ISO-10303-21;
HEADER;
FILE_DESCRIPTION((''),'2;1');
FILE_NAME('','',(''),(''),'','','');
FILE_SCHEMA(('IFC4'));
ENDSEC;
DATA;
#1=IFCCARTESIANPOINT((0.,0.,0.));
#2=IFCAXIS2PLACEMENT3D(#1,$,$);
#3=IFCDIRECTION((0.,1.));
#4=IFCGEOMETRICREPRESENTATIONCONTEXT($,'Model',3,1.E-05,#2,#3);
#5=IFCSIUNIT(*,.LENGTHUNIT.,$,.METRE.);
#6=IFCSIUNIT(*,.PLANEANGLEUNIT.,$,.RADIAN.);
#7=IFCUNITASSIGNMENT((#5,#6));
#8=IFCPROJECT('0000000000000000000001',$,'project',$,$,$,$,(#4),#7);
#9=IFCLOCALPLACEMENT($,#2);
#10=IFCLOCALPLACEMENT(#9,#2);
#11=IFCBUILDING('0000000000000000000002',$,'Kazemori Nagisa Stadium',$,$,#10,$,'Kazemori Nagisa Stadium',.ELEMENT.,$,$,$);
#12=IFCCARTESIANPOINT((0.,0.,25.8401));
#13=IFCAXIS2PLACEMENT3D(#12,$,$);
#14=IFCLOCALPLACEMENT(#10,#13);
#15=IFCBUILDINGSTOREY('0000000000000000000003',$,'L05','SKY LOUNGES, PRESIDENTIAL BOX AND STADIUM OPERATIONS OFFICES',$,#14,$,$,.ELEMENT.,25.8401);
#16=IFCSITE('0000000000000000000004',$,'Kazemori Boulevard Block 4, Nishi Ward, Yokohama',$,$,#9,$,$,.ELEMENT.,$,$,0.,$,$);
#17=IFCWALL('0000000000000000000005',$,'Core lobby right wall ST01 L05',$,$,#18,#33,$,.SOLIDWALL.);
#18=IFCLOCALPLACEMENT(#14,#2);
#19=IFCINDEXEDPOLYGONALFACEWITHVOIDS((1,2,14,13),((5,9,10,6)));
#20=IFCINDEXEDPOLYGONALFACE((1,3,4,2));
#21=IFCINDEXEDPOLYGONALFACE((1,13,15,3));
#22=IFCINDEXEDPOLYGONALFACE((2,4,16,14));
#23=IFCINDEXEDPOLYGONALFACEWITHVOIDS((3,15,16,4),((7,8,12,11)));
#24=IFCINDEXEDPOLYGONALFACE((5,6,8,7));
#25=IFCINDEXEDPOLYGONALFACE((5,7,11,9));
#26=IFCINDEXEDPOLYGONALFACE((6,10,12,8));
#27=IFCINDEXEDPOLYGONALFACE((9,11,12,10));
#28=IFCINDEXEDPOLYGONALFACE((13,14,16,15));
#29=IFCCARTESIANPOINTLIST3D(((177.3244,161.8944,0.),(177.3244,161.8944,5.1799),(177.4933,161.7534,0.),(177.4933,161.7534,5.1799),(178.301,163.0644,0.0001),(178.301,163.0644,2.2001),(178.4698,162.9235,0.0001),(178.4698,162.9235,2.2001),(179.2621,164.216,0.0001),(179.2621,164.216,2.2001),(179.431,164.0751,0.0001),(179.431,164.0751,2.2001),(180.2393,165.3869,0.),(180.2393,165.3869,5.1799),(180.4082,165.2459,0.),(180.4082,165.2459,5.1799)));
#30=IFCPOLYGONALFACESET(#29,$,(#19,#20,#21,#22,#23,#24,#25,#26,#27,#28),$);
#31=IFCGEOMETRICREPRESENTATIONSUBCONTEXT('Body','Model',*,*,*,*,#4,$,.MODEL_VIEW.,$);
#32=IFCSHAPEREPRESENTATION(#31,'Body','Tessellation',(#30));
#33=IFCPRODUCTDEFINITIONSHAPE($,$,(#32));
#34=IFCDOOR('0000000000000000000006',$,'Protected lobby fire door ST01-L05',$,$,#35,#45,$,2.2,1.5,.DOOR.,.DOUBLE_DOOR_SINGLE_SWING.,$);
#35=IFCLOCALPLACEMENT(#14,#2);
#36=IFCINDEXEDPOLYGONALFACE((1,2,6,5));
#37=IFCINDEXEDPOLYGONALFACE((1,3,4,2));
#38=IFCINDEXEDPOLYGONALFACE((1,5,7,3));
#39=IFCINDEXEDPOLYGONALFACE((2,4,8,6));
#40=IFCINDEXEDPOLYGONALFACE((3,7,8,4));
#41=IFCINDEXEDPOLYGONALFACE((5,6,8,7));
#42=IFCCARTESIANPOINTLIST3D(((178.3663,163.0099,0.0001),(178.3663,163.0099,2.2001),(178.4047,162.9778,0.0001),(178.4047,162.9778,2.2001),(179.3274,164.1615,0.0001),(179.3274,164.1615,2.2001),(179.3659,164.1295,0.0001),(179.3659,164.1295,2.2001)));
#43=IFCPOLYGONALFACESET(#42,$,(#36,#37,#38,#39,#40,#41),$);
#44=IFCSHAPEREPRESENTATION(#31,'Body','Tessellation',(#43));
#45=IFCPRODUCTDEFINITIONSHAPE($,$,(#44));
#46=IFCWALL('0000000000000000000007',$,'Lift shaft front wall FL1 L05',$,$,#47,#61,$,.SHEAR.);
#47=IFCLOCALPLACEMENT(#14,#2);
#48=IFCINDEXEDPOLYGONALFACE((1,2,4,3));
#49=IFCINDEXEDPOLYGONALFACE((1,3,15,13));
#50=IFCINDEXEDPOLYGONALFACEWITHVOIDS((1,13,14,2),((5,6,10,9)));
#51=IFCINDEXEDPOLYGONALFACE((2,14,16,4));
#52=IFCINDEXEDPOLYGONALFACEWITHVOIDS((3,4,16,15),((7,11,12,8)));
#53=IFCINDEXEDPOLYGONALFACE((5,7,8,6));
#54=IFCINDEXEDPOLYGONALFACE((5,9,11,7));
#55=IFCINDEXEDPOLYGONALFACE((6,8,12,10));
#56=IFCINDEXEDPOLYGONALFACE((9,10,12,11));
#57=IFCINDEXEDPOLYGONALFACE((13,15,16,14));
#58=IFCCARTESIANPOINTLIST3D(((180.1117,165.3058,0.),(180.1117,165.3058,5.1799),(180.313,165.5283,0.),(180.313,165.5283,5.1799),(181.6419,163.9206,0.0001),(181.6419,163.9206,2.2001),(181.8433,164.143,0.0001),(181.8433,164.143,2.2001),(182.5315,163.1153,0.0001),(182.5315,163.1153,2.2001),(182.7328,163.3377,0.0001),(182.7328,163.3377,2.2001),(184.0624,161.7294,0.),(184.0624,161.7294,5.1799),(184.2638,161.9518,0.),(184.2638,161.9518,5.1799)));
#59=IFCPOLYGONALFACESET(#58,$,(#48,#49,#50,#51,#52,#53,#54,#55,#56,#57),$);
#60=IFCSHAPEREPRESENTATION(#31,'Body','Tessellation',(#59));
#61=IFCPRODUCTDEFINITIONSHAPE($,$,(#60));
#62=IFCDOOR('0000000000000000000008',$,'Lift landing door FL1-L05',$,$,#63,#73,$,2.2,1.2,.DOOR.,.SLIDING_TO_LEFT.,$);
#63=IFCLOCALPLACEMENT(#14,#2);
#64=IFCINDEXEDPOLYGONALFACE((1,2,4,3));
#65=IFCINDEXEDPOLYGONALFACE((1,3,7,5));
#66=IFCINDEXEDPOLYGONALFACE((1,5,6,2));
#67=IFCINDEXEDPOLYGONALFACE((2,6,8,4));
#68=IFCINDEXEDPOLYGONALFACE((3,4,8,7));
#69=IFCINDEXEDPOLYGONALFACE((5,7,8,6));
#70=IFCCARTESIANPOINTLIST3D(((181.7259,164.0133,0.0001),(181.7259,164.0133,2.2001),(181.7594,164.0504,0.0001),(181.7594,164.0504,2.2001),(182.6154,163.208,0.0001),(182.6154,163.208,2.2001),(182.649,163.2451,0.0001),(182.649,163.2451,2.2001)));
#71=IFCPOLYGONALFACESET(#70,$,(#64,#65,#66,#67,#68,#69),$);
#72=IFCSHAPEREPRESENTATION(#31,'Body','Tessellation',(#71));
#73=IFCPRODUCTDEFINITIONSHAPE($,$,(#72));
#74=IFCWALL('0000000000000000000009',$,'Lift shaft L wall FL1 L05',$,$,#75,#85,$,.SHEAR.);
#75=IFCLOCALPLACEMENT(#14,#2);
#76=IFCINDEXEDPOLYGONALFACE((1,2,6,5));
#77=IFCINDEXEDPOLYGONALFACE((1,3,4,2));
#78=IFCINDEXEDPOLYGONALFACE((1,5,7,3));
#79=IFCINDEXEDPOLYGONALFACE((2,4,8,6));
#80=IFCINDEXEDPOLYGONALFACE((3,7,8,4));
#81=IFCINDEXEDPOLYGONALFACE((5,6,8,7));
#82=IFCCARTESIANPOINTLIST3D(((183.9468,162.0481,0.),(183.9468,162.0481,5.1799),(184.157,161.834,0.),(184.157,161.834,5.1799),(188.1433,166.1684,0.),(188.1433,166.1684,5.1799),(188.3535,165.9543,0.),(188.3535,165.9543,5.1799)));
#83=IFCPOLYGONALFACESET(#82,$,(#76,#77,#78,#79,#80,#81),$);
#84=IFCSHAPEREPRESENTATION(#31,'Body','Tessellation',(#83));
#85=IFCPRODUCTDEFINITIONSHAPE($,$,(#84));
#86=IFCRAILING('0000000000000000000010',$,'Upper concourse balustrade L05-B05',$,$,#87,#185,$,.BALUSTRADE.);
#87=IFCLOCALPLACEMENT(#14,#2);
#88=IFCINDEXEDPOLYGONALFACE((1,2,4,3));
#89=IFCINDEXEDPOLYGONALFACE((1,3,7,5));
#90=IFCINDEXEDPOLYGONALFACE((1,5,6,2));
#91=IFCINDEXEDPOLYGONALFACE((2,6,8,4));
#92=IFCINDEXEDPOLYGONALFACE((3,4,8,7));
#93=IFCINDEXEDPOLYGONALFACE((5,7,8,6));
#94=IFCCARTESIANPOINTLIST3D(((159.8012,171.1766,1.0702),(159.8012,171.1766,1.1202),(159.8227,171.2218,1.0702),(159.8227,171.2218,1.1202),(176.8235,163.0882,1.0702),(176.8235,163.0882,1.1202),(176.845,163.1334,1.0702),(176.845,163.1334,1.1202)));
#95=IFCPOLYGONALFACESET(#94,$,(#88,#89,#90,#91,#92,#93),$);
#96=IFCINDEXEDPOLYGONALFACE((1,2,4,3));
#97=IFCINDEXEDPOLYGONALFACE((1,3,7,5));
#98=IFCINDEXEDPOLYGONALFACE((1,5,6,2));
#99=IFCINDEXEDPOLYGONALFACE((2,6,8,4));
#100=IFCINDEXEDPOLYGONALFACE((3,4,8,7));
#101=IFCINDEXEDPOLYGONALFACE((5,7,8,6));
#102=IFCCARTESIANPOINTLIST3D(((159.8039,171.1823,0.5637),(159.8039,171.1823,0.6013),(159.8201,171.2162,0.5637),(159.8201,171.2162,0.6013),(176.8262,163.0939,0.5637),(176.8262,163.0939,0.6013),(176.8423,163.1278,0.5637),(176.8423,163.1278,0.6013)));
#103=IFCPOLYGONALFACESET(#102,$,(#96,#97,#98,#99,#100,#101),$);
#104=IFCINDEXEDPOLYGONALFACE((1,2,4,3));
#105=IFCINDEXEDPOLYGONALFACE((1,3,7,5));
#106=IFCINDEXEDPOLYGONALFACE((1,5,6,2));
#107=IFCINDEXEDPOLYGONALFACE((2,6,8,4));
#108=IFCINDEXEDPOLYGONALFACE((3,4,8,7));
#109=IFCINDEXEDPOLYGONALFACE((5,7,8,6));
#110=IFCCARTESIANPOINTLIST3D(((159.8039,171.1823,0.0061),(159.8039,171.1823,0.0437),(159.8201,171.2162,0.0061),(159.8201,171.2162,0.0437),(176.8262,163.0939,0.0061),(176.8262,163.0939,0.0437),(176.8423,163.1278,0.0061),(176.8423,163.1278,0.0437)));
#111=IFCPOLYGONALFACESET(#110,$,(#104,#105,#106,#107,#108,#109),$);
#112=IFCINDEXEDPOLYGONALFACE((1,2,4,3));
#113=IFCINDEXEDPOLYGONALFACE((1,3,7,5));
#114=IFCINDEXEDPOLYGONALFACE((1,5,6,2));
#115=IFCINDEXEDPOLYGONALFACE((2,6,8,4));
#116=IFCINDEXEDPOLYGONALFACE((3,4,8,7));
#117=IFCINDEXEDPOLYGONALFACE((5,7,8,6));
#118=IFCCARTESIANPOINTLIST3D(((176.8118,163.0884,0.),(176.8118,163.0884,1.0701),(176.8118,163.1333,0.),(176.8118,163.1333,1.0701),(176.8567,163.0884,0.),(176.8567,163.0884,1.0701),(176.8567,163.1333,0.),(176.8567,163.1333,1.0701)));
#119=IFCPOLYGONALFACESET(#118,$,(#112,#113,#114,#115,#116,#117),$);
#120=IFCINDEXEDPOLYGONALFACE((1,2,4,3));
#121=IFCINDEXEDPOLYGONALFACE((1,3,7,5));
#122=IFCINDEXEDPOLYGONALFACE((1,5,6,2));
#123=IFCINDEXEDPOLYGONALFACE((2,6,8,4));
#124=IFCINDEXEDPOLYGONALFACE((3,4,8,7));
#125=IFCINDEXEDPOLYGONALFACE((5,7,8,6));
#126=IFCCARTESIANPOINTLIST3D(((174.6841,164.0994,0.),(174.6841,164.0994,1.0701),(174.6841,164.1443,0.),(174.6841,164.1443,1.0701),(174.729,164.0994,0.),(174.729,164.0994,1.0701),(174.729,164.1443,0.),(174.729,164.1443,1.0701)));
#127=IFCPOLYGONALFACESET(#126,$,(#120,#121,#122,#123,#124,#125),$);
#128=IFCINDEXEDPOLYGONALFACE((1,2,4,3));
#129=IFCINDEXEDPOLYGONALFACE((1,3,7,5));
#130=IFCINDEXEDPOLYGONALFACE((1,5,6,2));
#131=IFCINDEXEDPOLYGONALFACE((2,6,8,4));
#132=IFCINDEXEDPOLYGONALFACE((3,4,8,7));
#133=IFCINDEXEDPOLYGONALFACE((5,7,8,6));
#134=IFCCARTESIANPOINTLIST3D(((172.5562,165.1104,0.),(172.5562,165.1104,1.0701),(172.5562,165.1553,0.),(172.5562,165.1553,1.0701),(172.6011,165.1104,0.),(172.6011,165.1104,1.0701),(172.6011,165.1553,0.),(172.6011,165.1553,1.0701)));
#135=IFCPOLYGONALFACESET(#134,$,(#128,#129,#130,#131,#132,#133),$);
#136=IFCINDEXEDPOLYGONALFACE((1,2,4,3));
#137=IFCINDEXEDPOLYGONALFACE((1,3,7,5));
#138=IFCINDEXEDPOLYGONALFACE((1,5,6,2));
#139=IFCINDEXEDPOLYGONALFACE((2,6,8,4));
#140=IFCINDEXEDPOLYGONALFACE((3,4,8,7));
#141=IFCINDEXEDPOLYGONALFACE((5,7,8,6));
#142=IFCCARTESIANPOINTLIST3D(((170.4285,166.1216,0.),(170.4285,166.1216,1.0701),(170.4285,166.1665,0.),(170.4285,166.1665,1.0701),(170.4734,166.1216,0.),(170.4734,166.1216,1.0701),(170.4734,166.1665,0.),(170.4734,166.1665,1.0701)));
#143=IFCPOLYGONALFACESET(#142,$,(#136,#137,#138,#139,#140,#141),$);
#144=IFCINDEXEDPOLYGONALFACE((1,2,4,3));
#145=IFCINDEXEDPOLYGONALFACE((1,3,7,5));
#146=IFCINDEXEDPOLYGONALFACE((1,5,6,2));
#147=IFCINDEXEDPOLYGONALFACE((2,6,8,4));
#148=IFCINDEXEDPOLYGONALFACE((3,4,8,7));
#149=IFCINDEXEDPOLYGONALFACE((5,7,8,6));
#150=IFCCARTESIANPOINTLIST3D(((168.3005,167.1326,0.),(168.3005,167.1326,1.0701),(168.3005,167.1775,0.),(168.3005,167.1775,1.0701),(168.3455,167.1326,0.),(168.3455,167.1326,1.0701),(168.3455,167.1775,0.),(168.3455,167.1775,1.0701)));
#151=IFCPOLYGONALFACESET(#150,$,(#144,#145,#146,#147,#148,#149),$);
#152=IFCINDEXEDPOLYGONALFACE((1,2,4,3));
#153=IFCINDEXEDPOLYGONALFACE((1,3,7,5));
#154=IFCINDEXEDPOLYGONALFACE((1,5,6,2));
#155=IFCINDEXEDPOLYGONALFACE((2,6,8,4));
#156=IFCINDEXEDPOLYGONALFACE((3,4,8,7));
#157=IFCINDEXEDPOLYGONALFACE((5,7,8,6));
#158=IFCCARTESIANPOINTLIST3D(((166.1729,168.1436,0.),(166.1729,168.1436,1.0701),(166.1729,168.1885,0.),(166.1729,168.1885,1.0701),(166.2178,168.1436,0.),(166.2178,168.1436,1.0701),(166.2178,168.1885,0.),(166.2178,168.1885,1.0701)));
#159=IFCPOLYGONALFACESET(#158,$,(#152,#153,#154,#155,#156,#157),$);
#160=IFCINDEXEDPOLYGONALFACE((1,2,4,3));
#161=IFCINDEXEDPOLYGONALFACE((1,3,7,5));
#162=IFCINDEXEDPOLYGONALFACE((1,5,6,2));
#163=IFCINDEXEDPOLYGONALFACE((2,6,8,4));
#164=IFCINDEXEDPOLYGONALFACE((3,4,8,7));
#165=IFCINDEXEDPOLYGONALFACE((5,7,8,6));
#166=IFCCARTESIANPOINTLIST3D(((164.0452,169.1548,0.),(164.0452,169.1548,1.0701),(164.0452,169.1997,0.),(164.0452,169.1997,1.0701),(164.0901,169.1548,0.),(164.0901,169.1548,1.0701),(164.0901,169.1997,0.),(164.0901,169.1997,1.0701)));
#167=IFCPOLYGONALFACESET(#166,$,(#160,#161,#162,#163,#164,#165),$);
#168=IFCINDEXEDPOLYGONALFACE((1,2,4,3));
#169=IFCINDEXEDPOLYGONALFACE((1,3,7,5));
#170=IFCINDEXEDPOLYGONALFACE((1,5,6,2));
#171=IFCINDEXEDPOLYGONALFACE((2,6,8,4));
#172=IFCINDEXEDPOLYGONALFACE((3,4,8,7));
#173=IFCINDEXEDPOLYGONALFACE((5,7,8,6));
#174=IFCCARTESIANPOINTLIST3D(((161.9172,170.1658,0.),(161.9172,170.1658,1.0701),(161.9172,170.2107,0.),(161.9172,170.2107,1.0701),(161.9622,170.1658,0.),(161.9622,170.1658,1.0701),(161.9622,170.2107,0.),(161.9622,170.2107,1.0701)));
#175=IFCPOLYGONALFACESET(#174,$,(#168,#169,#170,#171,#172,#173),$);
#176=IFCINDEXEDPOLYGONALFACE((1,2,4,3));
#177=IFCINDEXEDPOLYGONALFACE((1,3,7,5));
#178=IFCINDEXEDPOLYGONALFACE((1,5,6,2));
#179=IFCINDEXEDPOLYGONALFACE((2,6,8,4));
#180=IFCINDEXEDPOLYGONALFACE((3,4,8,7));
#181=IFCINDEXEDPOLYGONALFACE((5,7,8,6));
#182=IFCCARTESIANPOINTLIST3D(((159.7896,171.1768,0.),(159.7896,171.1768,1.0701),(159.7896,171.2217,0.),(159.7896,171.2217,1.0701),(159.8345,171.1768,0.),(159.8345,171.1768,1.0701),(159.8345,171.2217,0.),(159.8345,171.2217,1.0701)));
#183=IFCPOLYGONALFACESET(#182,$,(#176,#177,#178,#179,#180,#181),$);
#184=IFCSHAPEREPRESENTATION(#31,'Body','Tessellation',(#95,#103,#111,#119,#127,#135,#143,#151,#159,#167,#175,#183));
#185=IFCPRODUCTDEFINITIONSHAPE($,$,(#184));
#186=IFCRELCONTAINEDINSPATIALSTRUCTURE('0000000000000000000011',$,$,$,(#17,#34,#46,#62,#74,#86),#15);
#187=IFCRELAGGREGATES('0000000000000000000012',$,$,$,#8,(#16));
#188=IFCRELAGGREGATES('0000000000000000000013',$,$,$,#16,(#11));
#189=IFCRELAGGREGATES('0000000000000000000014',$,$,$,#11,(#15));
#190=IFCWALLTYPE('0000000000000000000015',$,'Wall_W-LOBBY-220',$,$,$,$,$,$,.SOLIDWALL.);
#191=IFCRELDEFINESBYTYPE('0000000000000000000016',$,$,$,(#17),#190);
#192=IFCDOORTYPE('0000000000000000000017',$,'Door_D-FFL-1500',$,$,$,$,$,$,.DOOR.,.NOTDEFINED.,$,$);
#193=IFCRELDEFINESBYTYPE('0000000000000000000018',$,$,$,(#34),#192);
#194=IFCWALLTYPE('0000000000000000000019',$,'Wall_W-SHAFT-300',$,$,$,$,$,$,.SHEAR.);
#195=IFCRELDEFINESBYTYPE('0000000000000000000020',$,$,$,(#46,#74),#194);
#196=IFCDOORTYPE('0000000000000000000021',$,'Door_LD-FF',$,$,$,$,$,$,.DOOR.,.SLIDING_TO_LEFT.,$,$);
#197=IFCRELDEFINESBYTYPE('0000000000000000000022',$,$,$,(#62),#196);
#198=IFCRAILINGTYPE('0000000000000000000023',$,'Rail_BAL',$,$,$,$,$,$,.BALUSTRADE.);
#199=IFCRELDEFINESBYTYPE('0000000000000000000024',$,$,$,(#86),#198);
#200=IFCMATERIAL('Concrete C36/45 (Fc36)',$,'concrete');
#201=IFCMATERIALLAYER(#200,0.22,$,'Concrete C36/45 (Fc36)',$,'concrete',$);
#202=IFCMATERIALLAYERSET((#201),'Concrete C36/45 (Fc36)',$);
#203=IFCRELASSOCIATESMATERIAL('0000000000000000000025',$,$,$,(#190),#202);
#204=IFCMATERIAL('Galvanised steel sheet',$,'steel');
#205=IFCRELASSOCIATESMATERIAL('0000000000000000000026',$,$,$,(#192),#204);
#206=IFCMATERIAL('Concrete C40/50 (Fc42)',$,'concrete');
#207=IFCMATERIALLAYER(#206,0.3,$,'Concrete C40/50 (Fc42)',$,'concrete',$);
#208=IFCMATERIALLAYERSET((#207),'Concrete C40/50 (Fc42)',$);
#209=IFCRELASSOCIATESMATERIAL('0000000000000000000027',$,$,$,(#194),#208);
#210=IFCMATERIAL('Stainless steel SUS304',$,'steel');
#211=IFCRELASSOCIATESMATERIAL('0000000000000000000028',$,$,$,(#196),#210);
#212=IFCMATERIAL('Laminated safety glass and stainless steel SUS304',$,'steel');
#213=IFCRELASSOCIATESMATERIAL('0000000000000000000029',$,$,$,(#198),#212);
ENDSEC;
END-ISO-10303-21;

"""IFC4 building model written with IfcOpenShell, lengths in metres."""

from ifc_helpers import new_model, si_unit, direction, frame, frame_2d, origin, origin_2d, place, context, subcontext, project, spatial, rectangle, extrude, material, layer, layer_set, type_object, element, fill, save


model = new_model("IFC4")

# Units and contexts
model_context = context("Model", 3, precision=1e-05, world=origin(), true_north=direction((0.0, 1.0)))
body_context = subcontext(model_context, "Body", "Model", "MODEL_VIEW")
ifc_project = project(units=[si_unit("LENGTHUNIT", "METRE"), si_unit("PLANEANGLEUNIT", "RADIAN")], contexts=[model_context])

# Site, building, storey
site_placement = place(None, origin())
site = spatial("IfcSite", under=ifc_project, at=site_placement, Name="Kazemori Boulevard Block 4, Nishi Ward, Yokohama", CompositionType="ELEMENT", RefElevation=0.0)
building_placement = place(site_placement, origin())
building = spatial("IfcBuilding", under=site, at=building_placement, Name="Kazemori Nagisa Stadium", LongName="Kazemori Nagisa Stadium", CompositionType="ELEMENT")
storey_placement = place(building_placement, frame((0.0, 0.0, 25.8401)))
storey = spatial("IfcBuildingStorey", under=building, at=storey_placement, Name="L05", Description="SKY LOUNGES, PRESIDENTIAL BOX AND STADIUM OPERATIONS OFFICES", CompositionType="ELEMENT", Elevation=25.8401)

# Shared definitions
ifc_material_1 = material(Name="Concrete C40/50 (Fc42)", Category="concrete")

# Shared definitions
ifc_material_2 = material(Name="Galvanised steel sheet", Category="steel")

# Walls, openings, doors
ifc_material_3 = material(Name="Concrete C36/45 (Fc36)", Category="concrete")
ifc_layer_1 = layer(ifc_material_3, 0.22, Name="Concrete C36/45 (Fc36)", Category="concrete")
ifc_layer_set_1 = layer_set([ifc_layer_1], Name="Concrete C36/45 (Fc36)")
wall_type_1 = type_object("IfcWallType", Name="Wall_W-LOBBY-220", PredefinedType="SOLIDWALL", material=ifc_layer_set_1)
wall_1_placement = place(storey_placement, frame((177.4089, 161.824, 0.0), z_axis=(0.0, 0.0, 1.0), x_axis=(0.64076, 0.767742, 0.0)))
wall_1 = element("IfcWall", 1, at=wall_1_placement, inside=storey, type_object=wall_type_1, Name="Core lobby right wall ST01 L05", PredefinedType="SOLIDWALL", context=body_context, shape_type="SweptSolid", body=[
    extrude(rectangle(XDim=4.5491, YDim=0.22, at=frame_2d((2.2744, 0.0))), origin(), (0.0, 0.0, 1.0), 5.1799),
])
opening_1_placement = place(wall_1_placement, frame((1.5239, 0.0, 0.0)))
opening_1 = element("IfcOpeningElement", 2, at=opening_1_placement, cuts=wall_1, PredefinedType="OPENING", context=body_context, shape_type="SweptSolid", body=[
    extrude(rectangle(XDim=1.5, YDim=2.2, at=frame_2d((0.75, 1.1001))), frame((0.0, 0.1199, 0.0), z_axis=(0.0, -1.0, 0.0), x_axis=(1.0, 0.0, 0.0)), (0.0, 0.0, 1.0), 0.24),
])
door_type_1 = type_object("IfcDoorType", Name="Door_D-FFL-1500", OperationType="NOTDEFINED", PredefinedType="DOOR", material=ifc_material_2)
door_1_placement = place(opening_1_placement, origin())
door_1 = element("IfcDoor", 3, at=door_1_placement, inside=storey, type_object=door_type_1, Name="Protected lobby fire door ST01-L05", OperationType="DOUBLE_DOOR_SINGLE_SWING", OverallHeight=2.2, OverallWidth=1.5, PredefinedType="DOOR", context=body_context, shape_type="SweptSolid", body=[
    extrude(rectangle(XDim=1.5, YDim=2.2, at=frame_2d((0.75, 1.1001))), frame((0.0, 0.0249, 0.0), z_axis=(0.0, -1.0, 0.0), x_axis=(1.0, 0.0, 0.0)), (0.0, 0.0, 1.0), 0.05),
])
fill(opening_1, door_1)
ifc_layer_2 = layer(ifc_material_1, 0.3, Name="Concrete C40/50 (Fc42)", Category="concrete")
ifc_layer_set_2 = layer_set([ifc_layer_2], Name="Concrete C40/50 (Fc42)")
wall_type_2 = type_object("IfcWallType", Name="Wall_W-SHAFT-300", PredefinedType="SHEAR", material=ifc_layer_set_2)
wall_2_placement = place(storey_placement, frame((184.1631, 161.8406, 0.0), z_axis=(0.0, 0.0, 1.0), x_axis=(-0.74135, 0.671118, 0.0)))
wall_2 = element("IfcWall", 4, at=wall_2_placement, inside=storey, type_object=wall_type_2, Name="Lift shaft front wall FL1 L05", PredefinedType="SHEAR", context=body_context, shape_type="SweptSolid", body=[
    extrude(rectangle(XDim=5.3291, YDim=0.3, at=frame_2d((2.6646, 0.0))), origin(), (0.0, 0.0, 1.0), 5.1799),
])
opening_2_placement = place(wall_2_placement, frame((2.0649, 0.0, 0.0)))
opening_2 = element("IfcOpeningElement", 5, at=opening_2_placement, cuts=wall_2, PredefinedType="OPENING", context=body_context, shape_type="SweptSolid", body=[
    extrude(rectangle(XDim=1.2, YDim=2.2, at=frame_2d((0.6001, 1.1001))), frame((0.0, 0.1599, 0.0), z_axis=(0.0, -1.0, 0.0), x_axis=(1.0, 0.0, 0.0)), (0.0, 0.0, 1.0), 0.3201),
])
ifc_material_4 = material(Name="Stainless steel SUS304", Category="steel")
door_type_2 = type_object("IfcDoorType", Name="Door_LD-FF", OperationType="SLIDING_TO_LEFT", PredefinedType="DOOR", material=ifc_material_4)
door_2_placement = place(opening_2_placement, origin())
door_2 = element("IfcDoor", 6, at=door_2_placement, inside=storey, type_object=door_type_2, Name="Lift landing door FL1-L05", OperationType="SLIDING_TO_LEFT", OverallHeight=2.2, OverallWidth=1.2, PredefinedType="DOOR", context=body_context, shape_type="SweptSolid", body=[
    extrude(rectangle(XDim=1.2, YDim=2.2, at=frame_2d((0.6001, 1.1001))), frame((0.0, 0.0249, 0.0), z_axis=(0.0, -1.0, 0.0), x_axis=(1.0, 0.0, 0.0)), (0.0, 0.0, 1.0), 0.05),
])
fill(opening_2, door_2)

# Wall
wall_3_placement = place(storey_placement, frame((184.052, 161.9412, 0.0), z_axis=(0.0, 0.0, 1.0), x_axis=(0.713553, 0.700601, 0.0)))
element("IfcWall", 7, at=wall_3_placement, inside=storey, type_object=wall_type_2, Name="Lift shaft L wall FL1 L05", PredefinedType="SHEAR", context=body_context, shape_type="SweptSolid", body=[
    extrude(rectangle(XDim=5.8811, YDim=0.3, at=frame_2d((2.9404, 0.0))), origin(), (0.0, 0.0, 1.0), 5.1799),
])

# Railing
ifc_material_5 = material(Name="Laminated safety glass and stainless steel SUS304", Category="steel")
railing_type_1 = type_object("IfcRailingType", Name="Rail_BAL", PredefinedType="BALUSTRADE", material=ifc_material_5)
railing_1_placement = place(storey_placement, frame((176.8342, 163.1108, 0.0)))
element("IfcRailing", 8, at=railing_1_placement, inside=storey, type_object=railing_type_1, Name="Upper concourse balustrade L05-B05", PredefinedType="BALUSTRADE", context=body_context, shape_type="SweptSolid", body=[
    extrude(rectangle(XDim=0.05, YDim=0.05, at=origin_2d()), frame((0.0, 0.0, 1.0952), z_axis=(-0.903219, 0.429179, 0.0), x_axis=(-0.429179, -0.903219, 0.0)), (0.0, 0.0, 1.0), 18.8462),
    extrude(rectangle(XDim=0.0376, YDim=0.0376, at=origin_2d()), frame((0.0, 0.0, 0.5825), z_axis=(-0.903219, 0.429179, 0.0), x_axis=(-0.429179, -0.903219, 0.0)), (0.0, 0.0, 1.0), 18.8462),
    extrude(rectangle(XDim=0.0376, YDim=0.0376, at=origin_2d()), frame((0.0, 0.0, 0.0249), z_axis=(-0.903219, 0.429179, 0.0), x_axis=(-0.429179, -0.903219, 0.0)), (0.0, 0.0, 1.0), 18.8462),
    extrude(rectangle(XDim=0.0449, YDim=0.0449, at=origin_2d()), origin(), (0.0, 0.0, 1.0), 1.0701),
    extrude(rectangle(XDim=0.0449, YDim=0.0449, at=origin_2d()), frame((-2.1277, 1.011, 0.0)), (0.0, 0.0, 1.0), 1.0701),
    extrude(rectangle(XDim=0.0449, YDim=0.0449, at=origin_2d()), frame((-4.2556, 2.022, 0.0)), (0.0, 0.0, 1.0), 1.0701),
    extrude(rectangle(XDim=0.0449, YDim=0.0449, at=origin_2d()), frame((-6.3833, 3.0332, 0.0)), (0.0, 0.0, 1.0), 1.0701),
    extrude(rectangle(XDim=0.0449, YDim=0.0449, at=origin_2d()), frame((-8.5112, 4.0442, 0.0)), (0.0, 0.0, 1.0), 1.0701),
    extrude(rectangle(XDim=0.0449, YDim=0.0449, at=origin_2d()), frame((-10.6389, 5.0552, 0.0)), (0.0, 0.0, 1.0), 1.0701),
    extrude(rectangle(XDim=0.0449, YDim=0.0449, at=origin_2d()), frame((-12.7666, 6.0664, 0.0)), (0.0, 0.0, 1.0), 1.0701),
    extrude(rectangle(XDim=0.0449, YDim=0.0449, at=origin_2d()), frame((-14.8945, 7.0774, 0.0)), (0.0, 0.0, 1.0), 1.0701),
    extrude(rectangle(XDim=0.0449, YDim=0.0449, at=origin_2d()), frame((-17.0222, 8.0884, 0.0)), (0.0, 0.0, 1.0), 1.0701),
])

save(model, "model.ifc")
